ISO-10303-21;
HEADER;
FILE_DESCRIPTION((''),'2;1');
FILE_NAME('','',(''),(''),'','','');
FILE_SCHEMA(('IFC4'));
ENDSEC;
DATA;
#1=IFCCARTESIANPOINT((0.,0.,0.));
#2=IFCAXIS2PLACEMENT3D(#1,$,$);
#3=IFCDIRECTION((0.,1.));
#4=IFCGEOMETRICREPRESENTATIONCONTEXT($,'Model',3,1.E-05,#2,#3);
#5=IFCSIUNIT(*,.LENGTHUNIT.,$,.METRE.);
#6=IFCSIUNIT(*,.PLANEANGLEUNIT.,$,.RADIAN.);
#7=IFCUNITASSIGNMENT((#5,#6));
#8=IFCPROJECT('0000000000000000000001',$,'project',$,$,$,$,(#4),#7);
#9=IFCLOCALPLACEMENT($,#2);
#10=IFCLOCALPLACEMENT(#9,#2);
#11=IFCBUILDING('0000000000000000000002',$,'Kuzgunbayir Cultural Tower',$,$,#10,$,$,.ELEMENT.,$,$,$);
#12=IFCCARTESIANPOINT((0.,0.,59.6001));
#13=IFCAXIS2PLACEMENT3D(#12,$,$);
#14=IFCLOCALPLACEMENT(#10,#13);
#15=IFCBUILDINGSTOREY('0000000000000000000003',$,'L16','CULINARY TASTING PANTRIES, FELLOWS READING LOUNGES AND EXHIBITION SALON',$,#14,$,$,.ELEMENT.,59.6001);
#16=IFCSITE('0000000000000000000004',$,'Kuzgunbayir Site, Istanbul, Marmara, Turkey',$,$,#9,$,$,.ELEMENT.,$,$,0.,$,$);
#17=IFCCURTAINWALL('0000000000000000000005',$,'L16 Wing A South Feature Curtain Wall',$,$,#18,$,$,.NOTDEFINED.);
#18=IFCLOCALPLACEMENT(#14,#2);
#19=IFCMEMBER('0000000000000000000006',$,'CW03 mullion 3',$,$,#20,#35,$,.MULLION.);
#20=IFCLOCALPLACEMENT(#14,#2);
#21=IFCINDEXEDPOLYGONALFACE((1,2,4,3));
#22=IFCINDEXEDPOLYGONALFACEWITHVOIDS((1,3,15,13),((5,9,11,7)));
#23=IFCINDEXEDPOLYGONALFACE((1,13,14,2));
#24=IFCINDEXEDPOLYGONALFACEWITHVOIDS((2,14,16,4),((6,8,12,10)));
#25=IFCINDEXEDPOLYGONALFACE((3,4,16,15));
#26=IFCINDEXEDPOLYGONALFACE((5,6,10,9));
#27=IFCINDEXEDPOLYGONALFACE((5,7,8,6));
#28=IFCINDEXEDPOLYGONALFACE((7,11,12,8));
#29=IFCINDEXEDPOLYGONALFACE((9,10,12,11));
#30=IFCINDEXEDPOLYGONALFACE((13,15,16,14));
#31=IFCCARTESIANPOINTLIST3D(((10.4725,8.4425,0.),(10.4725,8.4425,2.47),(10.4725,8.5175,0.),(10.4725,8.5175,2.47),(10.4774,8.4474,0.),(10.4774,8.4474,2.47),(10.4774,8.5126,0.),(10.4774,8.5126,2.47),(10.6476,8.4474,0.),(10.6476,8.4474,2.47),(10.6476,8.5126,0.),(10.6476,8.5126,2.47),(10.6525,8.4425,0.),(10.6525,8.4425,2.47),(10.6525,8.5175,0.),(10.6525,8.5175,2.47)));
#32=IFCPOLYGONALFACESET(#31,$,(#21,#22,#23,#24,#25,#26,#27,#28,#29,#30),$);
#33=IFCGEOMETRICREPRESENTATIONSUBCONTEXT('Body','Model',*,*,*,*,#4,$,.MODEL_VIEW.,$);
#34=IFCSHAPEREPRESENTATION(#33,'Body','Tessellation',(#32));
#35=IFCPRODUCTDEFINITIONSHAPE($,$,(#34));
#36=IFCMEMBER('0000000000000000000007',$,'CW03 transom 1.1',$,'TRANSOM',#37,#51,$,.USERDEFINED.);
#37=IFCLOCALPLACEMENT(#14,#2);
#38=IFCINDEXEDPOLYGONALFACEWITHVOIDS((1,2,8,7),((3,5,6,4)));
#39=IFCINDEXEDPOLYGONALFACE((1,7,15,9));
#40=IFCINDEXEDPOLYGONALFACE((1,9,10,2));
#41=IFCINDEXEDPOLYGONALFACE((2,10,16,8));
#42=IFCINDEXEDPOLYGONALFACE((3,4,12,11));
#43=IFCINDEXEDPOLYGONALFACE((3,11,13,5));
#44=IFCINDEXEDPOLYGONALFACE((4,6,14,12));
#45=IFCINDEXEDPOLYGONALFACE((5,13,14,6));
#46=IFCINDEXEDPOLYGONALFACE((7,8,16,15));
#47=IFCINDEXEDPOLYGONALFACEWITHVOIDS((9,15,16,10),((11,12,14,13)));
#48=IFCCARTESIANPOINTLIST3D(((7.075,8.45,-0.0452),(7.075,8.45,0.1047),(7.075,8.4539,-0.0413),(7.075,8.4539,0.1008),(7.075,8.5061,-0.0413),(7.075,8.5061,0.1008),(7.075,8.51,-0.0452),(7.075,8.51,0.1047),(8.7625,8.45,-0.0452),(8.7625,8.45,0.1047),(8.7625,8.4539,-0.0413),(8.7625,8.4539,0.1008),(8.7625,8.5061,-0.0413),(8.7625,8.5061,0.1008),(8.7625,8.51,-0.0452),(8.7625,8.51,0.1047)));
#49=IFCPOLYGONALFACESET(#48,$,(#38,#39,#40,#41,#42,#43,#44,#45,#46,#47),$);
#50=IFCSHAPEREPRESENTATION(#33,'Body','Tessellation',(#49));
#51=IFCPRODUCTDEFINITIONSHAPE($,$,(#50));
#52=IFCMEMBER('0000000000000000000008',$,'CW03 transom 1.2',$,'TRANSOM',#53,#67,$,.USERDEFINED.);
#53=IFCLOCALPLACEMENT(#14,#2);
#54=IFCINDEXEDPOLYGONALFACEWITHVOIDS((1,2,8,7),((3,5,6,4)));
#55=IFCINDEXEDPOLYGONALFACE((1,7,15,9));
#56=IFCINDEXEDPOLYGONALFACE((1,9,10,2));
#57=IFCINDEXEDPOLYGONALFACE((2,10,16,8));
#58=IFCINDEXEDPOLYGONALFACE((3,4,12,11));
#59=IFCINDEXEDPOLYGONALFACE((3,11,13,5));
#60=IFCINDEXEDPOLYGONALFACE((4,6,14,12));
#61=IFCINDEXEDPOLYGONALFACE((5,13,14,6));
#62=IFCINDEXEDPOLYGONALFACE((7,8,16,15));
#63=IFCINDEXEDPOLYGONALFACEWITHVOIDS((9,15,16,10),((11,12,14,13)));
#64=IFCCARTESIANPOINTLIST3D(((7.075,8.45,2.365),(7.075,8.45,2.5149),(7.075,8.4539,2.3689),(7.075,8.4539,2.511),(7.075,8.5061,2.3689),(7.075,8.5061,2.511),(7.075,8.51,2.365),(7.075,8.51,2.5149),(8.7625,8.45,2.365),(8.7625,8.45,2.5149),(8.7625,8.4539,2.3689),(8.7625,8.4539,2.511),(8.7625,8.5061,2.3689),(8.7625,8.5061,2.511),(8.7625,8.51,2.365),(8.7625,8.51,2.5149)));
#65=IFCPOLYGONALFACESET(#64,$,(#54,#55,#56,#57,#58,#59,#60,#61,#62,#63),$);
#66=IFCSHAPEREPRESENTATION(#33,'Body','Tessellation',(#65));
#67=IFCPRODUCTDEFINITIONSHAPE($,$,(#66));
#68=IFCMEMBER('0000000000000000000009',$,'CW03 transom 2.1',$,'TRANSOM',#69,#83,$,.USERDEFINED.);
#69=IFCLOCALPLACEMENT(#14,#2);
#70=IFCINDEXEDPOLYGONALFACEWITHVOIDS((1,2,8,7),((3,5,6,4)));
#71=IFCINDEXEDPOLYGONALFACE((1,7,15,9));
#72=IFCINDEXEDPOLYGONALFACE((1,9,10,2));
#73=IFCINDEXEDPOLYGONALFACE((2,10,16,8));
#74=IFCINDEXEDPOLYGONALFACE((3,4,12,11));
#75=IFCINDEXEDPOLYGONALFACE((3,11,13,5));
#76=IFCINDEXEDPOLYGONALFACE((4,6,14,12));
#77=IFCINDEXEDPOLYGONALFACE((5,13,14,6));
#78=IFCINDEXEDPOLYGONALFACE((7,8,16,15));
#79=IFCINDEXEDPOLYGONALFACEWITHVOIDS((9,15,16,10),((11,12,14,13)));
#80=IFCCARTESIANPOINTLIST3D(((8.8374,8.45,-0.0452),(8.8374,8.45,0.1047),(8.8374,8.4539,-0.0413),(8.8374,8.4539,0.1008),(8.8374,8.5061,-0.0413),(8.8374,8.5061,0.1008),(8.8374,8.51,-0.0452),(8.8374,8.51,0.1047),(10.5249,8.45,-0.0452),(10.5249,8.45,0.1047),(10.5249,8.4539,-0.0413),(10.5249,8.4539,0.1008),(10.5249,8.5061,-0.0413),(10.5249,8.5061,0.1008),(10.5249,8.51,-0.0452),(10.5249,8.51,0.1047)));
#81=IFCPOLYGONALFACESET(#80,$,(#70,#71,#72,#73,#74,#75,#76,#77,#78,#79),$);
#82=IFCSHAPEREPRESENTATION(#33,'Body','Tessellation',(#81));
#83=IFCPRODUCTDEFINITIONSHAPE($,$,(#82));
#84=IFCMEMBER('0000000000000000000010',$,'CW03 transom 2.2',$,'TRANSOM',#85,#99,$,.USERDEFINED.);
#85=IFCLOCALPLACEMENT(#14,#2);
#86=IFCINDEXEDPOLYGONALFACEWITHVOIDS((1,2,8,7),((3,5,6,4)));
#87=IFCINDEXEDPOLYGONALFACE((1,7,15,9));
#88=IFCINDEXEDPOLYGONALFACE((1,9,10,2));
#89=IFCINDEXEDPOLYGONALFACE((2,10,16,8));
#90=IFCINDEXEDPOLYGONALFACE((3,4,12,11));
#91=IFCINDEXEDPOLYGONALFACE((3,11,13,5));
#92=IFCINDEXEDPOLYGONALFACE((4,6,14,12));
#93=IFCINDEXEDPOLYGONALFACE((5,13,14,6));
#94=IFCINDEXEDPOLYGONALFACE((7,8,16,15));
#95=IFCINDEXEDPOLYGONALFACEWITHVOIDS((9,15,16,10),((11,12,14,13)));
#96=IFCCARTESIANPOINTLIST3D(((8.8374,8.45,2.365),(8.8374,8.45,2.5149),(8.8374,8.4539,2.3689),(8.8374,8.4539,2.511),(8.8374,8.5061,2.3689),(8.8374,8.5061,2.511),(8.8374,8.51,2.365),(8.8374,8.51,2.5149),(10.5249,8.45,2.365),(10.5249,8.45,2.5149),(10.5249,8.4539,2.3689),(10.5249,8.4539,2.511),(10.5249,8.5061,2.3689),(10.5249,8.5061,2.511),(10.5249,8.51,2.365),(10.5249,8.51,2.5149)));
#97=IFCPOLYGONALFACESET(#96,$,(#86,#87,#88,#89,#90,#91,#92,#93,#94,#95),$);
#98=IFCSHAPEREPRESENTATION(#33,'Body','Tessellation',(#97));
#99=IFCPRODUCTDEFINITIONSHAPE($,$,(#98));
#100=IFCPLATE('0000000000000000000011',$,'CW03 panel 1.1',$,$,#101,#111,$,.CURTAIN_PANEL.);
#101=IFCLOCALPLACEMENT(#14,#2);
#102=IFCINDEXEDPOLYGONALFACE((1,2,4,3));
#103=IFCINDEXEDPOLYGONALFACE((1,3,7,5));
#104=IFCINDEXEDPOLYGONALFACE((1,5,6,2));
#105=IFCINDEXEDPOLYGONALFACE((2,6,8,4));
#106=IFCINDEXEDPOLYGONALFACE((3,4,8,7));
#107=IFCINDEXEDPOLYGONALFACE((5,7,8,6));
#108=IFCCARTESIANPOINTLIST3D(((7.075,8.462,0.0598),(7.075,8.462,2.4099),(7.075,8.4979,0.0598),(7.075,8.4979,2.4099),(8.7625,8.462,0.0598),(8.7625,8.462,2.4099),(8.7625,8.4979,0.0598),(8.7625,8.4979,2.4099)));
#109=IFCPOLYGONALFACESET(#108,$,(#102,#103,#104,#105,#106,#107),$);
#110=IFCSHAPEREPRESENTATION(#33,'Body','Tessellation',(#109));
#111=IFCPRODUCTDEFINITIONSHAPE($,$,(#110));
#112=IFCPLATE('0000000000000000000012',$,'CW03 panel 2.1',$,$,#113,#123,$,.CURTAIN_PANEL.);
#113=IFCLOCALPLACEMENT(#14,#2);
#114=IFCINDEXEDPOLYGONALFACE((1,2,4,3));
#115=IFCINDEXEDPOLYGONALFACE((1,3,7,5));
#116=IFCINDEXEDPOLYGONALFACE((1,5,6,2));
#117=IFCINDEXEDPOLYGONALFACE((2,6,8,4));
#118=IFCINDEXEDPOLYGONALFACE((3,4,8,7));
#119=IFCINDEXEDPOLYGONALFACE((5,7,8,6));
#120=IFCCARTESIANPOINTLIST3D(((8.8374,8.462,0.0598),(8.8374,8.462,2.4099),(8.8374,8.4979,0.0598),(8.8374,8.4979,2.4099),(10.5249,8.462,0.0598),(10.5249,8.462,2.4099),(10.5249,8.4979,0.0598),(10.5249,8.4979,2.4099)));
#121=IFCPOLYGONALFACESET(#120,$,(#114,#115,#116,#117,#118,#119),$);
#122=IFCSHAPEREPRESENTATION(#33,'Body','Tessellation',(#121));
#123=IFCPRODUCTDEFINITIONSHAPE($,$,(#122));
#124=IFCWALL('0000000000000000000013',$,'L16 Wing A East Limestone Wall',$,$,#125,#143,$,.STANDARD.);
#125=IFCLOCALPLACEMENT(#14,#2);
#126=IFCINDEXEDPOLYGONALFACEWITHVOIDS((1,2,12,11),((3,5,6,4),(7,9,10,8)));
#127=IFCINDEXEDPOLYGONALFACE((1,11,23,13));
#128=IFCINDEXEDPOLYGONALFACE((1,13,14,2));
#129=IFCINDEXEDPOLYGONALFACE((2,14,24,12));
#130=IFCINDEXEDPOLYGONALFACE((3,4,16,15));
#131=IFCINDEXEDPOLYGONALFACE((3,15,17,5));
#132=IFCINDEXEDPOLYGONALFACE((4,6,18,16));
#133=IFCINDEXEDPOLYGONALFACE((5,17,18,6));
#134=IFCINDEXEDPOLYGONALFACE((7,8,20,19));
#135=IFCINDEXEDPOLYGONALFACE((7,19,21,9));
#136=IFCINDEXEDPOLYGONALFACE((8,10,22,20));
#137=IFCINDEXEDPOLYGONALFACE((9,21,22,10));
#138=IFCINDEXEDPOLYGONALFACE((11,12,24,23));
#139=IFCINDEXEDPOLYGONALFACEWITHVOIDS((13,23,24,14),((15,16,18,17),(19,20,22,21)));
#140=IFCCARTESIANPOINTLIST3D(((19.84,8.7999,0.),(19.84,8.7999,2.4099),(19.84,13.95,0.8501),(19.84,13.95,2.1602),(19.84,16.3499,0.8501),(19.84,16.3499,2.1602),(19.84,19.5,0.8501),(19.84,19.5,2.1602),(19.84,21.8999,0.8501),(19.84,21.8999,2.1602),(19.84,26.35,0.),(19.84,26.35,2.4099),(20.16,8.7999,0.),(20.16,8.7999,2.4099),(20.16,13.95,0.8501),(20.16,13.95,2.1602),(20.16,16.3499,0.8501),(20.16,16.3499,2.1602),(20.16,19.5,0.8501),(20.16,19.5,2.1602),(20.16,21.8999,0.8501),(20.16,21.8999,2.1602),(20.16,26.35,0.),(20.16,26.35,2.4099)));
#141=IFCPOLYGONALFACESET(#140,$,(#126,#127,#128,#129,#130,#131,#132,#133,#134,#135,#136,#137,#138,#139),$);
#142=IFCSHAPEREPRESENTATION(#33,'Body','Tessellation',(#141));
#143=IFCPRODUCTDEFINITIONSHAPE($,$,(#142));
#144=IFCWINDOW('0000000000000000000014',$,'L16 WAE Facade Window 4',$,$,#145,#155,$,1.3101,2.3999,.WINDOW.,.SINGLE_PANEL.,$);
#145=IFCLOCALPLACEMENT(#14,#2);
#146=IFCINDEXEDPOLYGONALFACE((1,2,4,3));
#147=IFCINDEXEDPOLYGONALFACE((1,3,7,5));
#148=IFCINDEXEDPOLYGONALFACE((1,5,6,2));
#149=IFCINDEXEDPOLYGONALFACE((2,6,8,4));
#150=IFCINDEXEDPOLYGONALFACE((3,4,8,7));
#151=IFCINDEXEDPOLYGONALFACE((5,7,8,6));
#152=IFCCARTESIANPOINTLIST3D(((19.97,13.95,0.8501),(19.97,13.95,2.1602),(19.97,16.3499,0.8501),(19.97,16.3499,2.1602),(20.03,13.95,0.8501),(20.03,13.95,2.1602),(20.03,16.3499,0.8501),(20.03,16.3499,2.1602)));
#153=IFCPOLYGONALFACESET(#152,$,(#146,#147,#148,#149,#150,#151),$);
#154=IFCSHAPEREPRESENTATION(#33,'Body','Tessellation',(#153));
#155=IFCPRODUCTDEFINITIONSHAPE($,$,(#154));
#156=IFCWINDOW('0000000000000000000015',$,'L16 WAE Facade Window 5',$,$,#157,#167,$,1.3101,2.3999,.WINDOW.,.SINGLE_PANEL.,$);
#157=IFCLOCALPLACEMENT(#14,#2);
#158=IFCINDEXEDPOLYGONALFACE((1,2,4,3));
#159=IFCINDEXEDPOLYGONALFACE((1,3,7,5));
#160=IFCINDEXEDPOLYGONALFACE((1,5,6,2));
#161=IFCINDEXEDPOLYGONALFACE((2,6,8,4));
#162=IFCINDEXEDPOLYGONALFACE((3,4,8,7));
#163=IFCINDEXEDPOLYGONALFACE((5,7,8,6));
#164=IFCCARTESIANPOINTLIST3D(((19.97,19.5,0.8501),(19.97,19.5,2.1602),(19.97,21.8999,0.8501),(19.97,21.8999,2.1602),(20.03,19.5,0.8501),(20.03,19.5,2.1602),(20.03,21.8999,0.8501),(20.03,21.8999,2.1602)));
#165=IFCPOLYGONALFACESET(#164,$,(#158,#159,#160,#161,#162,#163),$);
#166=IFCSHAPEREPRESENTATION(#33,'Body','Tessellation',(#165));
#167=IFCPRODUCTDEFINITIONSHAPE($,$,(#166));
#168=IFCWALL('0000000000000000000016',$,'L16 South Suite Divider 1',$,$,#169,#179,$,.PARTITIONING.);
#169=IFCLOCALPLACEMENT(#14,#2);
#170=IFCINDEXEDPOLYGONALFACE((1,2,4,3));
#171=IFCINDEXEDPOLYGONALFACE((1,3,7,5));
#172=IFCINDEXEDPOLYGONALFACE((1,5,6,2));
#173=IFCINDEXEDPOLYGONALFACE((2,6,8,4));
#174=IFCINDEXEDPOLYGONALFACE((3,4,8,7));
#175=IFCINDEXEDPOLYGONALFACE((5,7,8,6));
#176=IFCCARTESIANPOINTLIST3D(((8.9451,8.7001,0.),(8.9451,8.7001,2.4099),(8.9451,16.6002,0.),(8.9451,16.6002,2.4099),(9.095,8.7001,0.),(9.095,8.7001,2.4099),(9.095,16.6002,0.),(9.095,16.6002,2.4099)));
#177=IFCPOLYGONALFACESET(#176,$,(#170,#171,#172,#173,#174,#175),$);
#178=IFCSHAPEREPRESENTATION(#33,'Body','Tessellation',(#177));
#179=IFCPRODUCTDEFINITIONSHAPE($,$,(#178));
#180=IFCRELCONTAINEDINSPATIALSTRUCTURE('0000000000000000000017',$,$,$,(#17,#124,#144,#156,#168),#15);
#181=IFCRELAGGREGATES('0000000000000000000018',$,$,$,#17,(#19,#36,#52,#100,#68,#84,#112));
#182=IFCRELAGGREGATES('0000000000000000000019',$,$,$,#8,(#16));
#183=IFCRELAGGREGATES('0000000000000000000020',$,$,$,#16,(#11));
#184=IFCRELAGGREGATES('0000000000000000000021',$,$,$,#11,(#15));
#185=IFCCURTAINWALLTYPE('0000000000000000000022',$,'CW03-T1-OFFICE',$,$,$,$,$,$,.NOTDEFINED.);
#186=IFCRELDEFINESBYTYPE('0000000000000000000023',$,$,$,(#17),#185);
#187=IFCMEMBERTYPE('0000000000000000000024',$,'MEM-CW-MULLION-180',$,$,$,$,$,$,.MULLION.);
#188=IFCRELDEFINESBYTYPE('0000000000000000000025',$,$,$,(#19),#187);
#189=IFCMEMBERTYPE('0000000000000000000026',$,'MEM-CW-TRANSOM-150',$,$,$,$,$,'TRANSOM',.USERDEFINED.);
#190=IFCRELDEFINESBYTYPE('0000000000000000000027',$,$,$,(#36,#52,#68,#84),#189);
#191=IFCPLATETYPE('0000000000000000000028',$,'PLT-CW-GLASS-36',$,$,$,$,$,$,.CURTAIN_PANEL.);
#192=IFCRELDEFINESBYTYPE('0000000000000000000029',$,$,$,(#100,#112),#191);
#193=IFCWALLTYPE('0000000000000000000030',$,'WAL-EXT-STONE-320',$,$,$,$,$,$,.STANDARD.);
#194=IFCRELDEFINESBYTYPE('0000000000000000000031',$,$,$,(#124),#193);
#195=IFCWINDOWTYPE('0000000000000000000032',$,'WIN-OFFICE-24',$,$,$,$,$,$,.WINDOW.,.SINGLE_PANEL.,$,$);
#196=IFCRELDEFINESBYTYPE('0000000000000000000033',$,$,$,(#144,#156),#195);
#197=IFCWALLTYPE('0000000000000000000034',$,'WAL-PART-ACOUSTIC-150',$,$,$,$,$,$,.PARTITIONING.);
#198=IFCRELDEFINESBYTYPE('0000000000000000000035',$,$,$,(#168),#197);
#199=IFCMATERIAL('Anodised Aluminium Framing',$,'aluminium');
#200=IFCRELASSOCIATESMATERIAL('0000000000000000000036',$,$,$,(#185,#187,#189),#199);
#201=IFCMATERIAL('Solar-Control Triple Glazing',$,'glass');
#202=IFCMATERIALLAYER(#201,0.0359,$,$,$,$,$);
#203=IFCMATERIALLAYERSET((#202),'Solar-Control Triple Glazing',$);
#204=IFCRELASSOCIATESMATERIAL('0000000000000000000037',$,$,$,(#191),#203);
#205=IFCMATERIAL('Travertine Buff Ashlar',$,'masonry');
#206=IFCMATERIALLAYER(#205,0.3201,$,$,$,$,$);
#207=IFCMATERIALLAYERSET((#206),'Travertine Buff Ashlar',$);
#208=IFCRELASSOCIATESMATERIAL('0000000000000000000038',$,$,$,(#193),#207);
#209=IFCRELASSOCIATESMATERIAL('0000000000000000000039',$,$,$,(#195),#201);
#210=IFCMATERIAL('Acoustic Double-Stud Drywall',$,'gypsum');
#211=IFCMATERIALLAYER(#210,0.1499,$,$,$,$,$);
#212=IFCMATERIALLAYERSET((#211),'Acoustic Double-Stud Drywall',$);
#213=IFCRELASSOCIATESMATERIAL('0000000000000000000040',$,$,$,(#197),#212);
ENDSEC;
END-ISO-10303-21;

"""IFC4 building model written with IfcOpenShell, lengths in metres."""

from ifc_helpers import new_model, si_unit, direction, frame, frame_2d, origin, origin_2d, place, context, subcontext, project, spatial, rectangle, hollow_rectangle, extrude, material, layer, layer_set, material_profile, profile_set, type_object, element, fill, aggregate, save


model = new_model("IFC4")

# Units and contexts
model_context = context("Model", 3, precision=1e-05, world=origin(), true_north=direction((0.0, 1.0)))
body_context = subcontext(model_context, "Body", "Model", "MODEL_VIEW")
ifc_project = project(units=[si_unit("LENGTHUNIT", "METRE"), si_unit("PLANEANGLEUNIT", "RADIAN")], contexts=[model_context])

# Site, building, storey
site_placement = place(None, origin())
site = spatial("IfcSite", under=ifc_project, at=site_placement, Name="Kuzgunbayir Site, Istanbul, Marmara, Turkey", CompositionType="ELEMENT", RefElevation=0.0)
building_placement = place(site_placement, origin())
building = spatial("IfcBuilding", under=site, at=building_placement, Name="Kuzgunbayir Cultural Tower", CompositionType="ELEMENT")
storey_placement = place(building_placement, frame((0.0, 0.0, 59.6001)))
storey = spatial("IfcBuildingStorey", under=building, at=storey_placement, Name="L16", Description="CULINARY TASTING PANTRIES, FELLOWS READING LOUNGES AND EXHIBITION SALON", CompositionType="ELEMENT", Elevation=59.6001)

# Curtain wall, members, plates
ifc_material_1 = material(Name="Anodised Aluminium Framing", Category="aluminium")
curtain_wall_type = type_object("IfcCurtainWallType", Name="CW03-T1-OFFICE", PredefinedType="NOTDEFINED", material=ifc_material_1)
curtain_wall_placement = place(storey_placement, origin())
curtain_wall = element("IfcCurtainWall", 1, at=curtain_wall_placement, inside=storey, type_object=curtain_wall_type, Name="L16 Wing A South Feature Curtain Wall", PredefinedType="NOTDEFINED")
ifc_material_profile_1 = material_profile(ifc_material_1, hollow_rectangle(XDim=0.075, YDim=0.1799, WallThickness=0.0049, at=origin_2d()), Name="RHS 180x75x5")
ifc_profile_set_1 = profile_set([ifc_material_profile_1], Name="Anodised Aluminium Framing")
member_type_1 = type_object("IfcMemberType", Name="MEM-CW-MULLION-180", PredefinedType="MULLION", material=ifc_profile_set_1)
member_1_placement = place(storey_placement, frame((10.5625, 8.48, 0.0), z_axis=(0.0, 0.0, 1.0), x_axis=(0.0, 1.0, 0.0)))
member_1 = element("IfcMember", 2, at=member_1_placement, type_object=member_type_1, Name="CW03 mullion 3", PredefinedType="MULLION", context=body_context, shape_type="SweptSolid", body=[
    extrude(hollow_rectangle(XDim=0.075, YDim=0.1799, WallThickness=0.0049, at=origin_2d()), origin(), (0.0, 0.0, 1.0), 2.47),
])
ifc_material_profile_2 = material_profile(ifc_material_1, hollow_rectangle(XDim=0.0601, YDim=0.1499, WallThickness=0.0039, at=origin_2d()), Name="RHS 150x60x4")
ifc_profile_set_2 = profile_set([ifc_material_profile_2], Name="Anodised Aluminium Framing")
member_type_2 = type_object("IfcMemberType", Name="MEM-CW-TRANSOM-150", ElementType="TRANSOM", PredefinedType="USERDEFINED", material=ifc_profile_set_2)
member_2_placement = place(storey_placement, frame((7.075, 8.48, 0.0298), z_axis=(1.0, 0.0, 0.0), x_axis=(0.0, 1.0, 0.0)))
member_2 = element("IfcMember", 3, at=member_2_placement, type_object=member_type_2, Name="CW03 transom 1.1", ObjectType="TRANSOM", PredefinedType="USERDEFINED", context=body_context, shape_type="SweptSolid", body=[
    extrude(hollow_rectangle(XDim=0.0601, YDim=0.1499, WallThickness=0.0039, at=origin_2d()), origin(), (0.0, 0.0, 1.0), 1.6875),
])
member_3_placement = place(storey_placement, frame((7.075, 8.48, 2.4399), z_axis=(1.0, 0.0, 0.0), x_axis=(0.0, 1.0, 0.0)))
member_3 = element("IfcMember", 4, at=member_3_placement, type_object=member_type_2, Name="CW03 transom 1.2", ObjectType="TRANSOM", PredefinedType="USERDEFINED", context=body_context, shape_type="SweptSolid", body=[
    extrude(hollow_rectangle(XDim=0.0601, YDim=0.1499, WallThickness=0.0039, at=origin_2d()), origin(), (0.0, 0.0, 1.0), 1.6875),
])
member_4_placement = place(storey_placement, frame((8.8374, 8.48, 0.0298), z_axis=(1.0, 0.0, 0.0), x_axis=(0.0, 1.0, 0.0)))
member_4 = element("IfcMember", 5, at=member_4_placement, type_object=member_type_2, Name="CW03 transom 2.1", ObjectType="TRANSOM", PredefinedType="USERDEFINED", context=body_context, shape_type="SweptSolid", body=[
    extrude(hollow_rectangle(XDim=0.0601, YDim=0.1499, WallThickness=0.0039, at=origin_2d()), origin(), (0.0, 0.0, 1.0), 1.6875),
])
member_5_placement = place(storey_placement, frame((8.8374, 8.48, 2.4399), z_axis=(1.0, 0.0, 0.0), x_axis=(0.0, 1.0, 0.0)))
member_5 = element("IfcMember", 6, at=member_5_placement, type_object=member_type_2, Name="CW03 transom 2.2", ObjectType="TRANSOM", PredefinedType="USERDEFINED", context=body_context, shape_type="SweptSolid", body=[
    extrude(hollow_rectangle(XDim=0.0601, YDim=0.1499, WallThickness=0.0039, at=origin_2d()), origin(), (0.0, 0.0, 1.0), 1.6875),
])
ifc_material_2 = material(Name="Solar-Control Triple Glazing", Category="glass")
ifc_layer_1 = layer(ifc_material_2, 0.0359)
ifc_layer_set_1 = layer_set([ifc_layer_1], Name="Solar-Control Triple Glazing")
plate_type = type_object("IfcPlateType", Name="PLT-CW-GLASS-36", PredefinedType="CURTAIN_PANEL", material=ifc_layer_set_1)
plate_1_placement = place(storey_placement, frame((7.9187, 8.48, 0.0598), z_axis=(0.0, 0.0, 1.0), x_axis=(1.0, 0.0, 0.0)))
plate_1 = element("IfcPlate", 7, at=plate_1_placement, type_object=plate_type, Name="CW03 panel 1.1", PredefinedType="CURTAIN_PANEL", context=body_context, shape_type="SweptSolid", body=[
    extrude(rectangle(XDim=1.6875, YDim=0.0359, at=origin_2d()), origin(), (0.0, 0.0, 1.0), 2.3501),
])
plate_2_placement = place(storey_placement, frame((9.6812, 8.48, 0.0598), z_axis=(0.0, 0.0, 1.0), x_axis=(1.0, 0.0, 0.0)))
plate_2 = element("IfcPlate", 8, at=plate_2_placement, type_object=plate_type, Name="CW03 panel 2.1", PredefinedType="CURTAIN_PANEL", context=body_context, shape_type="SweptSolid", body=[
    extrude(rectangle(XDim=1.6875, YDim=0.0359, at=origin_2d()), origin(), (0.0, 0.0, 1.0), 2.3501),
])
aggregate(curtain_wall, [member_1, member_2, member_3, plate_1, member_4, member_5, plate_2])

# Wall, openings, windows
ifc_material_3 = material(Name="Travertine Buff Ashlar", Category="masonry")
ifc_layer_2 = layer(ifc_material_3, 0.3201)
ifc_layer_set_2 = layer_set([ifc_layer_2], Name="Travertine Buff Ashlar")
wall_type_1 = type_object("IfcWallType", Name="WAL-EXT-STONE-320", PredefinedType="STANDARD", material=ifc_layer_set_2)
wall_1_placement = place(storey_placement, frame((20.0, 8.8, 0.0), z_axis=(0.0, 0.0, 1.0), x_axis=(0.0, 1.0, 0.0)))
wall_1 = element("IfcWall", 9, at=wall_1_placement, inside=storey, type_object=wall_type_1, Name="L16 Wing A East Limestone Wall", PredefinedType="STANDARD", context=body_context, shape_type="SweptSolid", body=[
    extrude(rectangle(XDim=17.55, YDim=0.3201, at=frame_2d((8.7749, 0.0))), origin(), (0.0, 0.0, 1.0), 2.4099),
])
opening_1_placement = place(wall_1_placement, frame((5.1499, 0.0, 0.8501)))
opening_1 = element("IfcOpeningElement", 10, at=opening_1_placement, cuts=wall_1, PredefinedType="OPENING", context=body_context, shape_type="SweptSolid", body=[
    extrude(rectangle(XDim=2.3999, YDim=1.3101, at=frame_2d((1.2, 0.655))), frame((0.0, 0.1699, 0.0), z_axis=(0.0, -1.0, 0.0), x_axis=(1.0, 0.0, 0.0)), (0.0, 0.0, 1.0), 0.3401),
])
opening_2_placement = place(wall_1_placement, frame((10.7, 0.0, 0.8501)))
opening_2 = element("IfcOpeningElement", 11, at=opening_2_placement, cuts=wall_1, PredefinedType="OPENING", context=body_context, shape_type="SweptSolid", body=[
    extrude(rectangle(XDim=2.3999, YDim=1.3101, at=frame_2d((1.2, 0.655))), frame((0.0, 0.1699, 0.0), z_axis=(0.0, -1.0, 0.0), x_axis=(1.0, 0.0, 0.0)), (0.0, 0.0, 1.0), 0.3401),
])
window_type = type_object("IfcWindowType", Name="WIN-OFFICE-24", PartitioningType="SINGLE_PANEL", PredefinedType="WINDOW", material=ifc_material_2)
window_1_placement = place(opening_1_placement, origin())
window_1 = element("IfcWindow", 12, at=window_1_placement, inside=storey, type_object=window_type, Name="L16 WAE Facade Window 4", OverallHeight=1.3101, OverallWidth=2.3999, PartitioningType="SINGLE_PANEL", PredefinedType="WINDOW", context=body_context, shape_type="SweptSolid", body=[
    extrude(rectangle(XDim=2.3999, YDim=1.3101, at=frame_2d((1.2, 0.655))), frame((0.0, 0.03, 0.0), z_axis=(0.0, -1.0, 0.0), x_axis=(1.0, 0.0, 0.0)), (0.0, 0.0, 1.0), 0.0601),
])
fill(opening_1, window_1)
window_2_placement = place(opening_2_placement, origin())
window_2 = element("IfcWindow", 13, at=window_2_placement, inside=storey, type_object=window_type, Name="L16 WAE Facade Window 5", OverallHeight=1.3101, OverallWidth=2.3999, PartitioningType="SINGLE_PANEL", PredefinedType="WINDOW", context=body_context, shape_type="SweptSolid", body=[
    extrude(rectangle(XDim=2.3999, YDim=1.3101, at=frame_2d((1.2, 0.655))), frame((0.0, 0.03, 0.0), z_axis=(0.0, -1.0, 0.0), x_axis=(1.0, 0.0, 0.0)), (0.0, 0.0, 1.0), 0.0601),
])
fill(opening_2, window_2)

# Wall
ifc_material_4 = material(Name="Acoustic Double-Stud Drywall", Category="gypsum")
ifc_layer_3 = layer(ifc_material_4, 0.1499)
ifc_layer_set_3 = layer_set([ifc_layer_3], Name="Acoustic Double-Stud Drywall")
wall_type_2 = type_object("IfcWallType", Name="WAL-PART-ACOUSTIC-150", PredefinedType="PARTITIONING", material=ifc_layer_set_3)
for number, where, z_axis, x_axis, name in (
    (14, (9.02, 8.7, 0.0), (0.0, 0.0, 1.0), (0.0, 1.0, 0.0), "L16 South Suite Divider 1"),
):
    element("IfcWall", number, at=place(storey_placement, frame(where, z_axis=z_axis, x_axis=x_axis)), inside=storey, type_object=wall_type_2, Name=name, PredefinedType="PARTITIONING", context=body_context, shape_type="SweptSolid", body=[
        extrude(rectangle(XDim=7.9001, YDim=0.1499, at=frame_2d((3.9502, 0.0))), origin(), (0.0, 0.0, 1.0), 2.4099),
    ])

save(model, "model.ifc")
